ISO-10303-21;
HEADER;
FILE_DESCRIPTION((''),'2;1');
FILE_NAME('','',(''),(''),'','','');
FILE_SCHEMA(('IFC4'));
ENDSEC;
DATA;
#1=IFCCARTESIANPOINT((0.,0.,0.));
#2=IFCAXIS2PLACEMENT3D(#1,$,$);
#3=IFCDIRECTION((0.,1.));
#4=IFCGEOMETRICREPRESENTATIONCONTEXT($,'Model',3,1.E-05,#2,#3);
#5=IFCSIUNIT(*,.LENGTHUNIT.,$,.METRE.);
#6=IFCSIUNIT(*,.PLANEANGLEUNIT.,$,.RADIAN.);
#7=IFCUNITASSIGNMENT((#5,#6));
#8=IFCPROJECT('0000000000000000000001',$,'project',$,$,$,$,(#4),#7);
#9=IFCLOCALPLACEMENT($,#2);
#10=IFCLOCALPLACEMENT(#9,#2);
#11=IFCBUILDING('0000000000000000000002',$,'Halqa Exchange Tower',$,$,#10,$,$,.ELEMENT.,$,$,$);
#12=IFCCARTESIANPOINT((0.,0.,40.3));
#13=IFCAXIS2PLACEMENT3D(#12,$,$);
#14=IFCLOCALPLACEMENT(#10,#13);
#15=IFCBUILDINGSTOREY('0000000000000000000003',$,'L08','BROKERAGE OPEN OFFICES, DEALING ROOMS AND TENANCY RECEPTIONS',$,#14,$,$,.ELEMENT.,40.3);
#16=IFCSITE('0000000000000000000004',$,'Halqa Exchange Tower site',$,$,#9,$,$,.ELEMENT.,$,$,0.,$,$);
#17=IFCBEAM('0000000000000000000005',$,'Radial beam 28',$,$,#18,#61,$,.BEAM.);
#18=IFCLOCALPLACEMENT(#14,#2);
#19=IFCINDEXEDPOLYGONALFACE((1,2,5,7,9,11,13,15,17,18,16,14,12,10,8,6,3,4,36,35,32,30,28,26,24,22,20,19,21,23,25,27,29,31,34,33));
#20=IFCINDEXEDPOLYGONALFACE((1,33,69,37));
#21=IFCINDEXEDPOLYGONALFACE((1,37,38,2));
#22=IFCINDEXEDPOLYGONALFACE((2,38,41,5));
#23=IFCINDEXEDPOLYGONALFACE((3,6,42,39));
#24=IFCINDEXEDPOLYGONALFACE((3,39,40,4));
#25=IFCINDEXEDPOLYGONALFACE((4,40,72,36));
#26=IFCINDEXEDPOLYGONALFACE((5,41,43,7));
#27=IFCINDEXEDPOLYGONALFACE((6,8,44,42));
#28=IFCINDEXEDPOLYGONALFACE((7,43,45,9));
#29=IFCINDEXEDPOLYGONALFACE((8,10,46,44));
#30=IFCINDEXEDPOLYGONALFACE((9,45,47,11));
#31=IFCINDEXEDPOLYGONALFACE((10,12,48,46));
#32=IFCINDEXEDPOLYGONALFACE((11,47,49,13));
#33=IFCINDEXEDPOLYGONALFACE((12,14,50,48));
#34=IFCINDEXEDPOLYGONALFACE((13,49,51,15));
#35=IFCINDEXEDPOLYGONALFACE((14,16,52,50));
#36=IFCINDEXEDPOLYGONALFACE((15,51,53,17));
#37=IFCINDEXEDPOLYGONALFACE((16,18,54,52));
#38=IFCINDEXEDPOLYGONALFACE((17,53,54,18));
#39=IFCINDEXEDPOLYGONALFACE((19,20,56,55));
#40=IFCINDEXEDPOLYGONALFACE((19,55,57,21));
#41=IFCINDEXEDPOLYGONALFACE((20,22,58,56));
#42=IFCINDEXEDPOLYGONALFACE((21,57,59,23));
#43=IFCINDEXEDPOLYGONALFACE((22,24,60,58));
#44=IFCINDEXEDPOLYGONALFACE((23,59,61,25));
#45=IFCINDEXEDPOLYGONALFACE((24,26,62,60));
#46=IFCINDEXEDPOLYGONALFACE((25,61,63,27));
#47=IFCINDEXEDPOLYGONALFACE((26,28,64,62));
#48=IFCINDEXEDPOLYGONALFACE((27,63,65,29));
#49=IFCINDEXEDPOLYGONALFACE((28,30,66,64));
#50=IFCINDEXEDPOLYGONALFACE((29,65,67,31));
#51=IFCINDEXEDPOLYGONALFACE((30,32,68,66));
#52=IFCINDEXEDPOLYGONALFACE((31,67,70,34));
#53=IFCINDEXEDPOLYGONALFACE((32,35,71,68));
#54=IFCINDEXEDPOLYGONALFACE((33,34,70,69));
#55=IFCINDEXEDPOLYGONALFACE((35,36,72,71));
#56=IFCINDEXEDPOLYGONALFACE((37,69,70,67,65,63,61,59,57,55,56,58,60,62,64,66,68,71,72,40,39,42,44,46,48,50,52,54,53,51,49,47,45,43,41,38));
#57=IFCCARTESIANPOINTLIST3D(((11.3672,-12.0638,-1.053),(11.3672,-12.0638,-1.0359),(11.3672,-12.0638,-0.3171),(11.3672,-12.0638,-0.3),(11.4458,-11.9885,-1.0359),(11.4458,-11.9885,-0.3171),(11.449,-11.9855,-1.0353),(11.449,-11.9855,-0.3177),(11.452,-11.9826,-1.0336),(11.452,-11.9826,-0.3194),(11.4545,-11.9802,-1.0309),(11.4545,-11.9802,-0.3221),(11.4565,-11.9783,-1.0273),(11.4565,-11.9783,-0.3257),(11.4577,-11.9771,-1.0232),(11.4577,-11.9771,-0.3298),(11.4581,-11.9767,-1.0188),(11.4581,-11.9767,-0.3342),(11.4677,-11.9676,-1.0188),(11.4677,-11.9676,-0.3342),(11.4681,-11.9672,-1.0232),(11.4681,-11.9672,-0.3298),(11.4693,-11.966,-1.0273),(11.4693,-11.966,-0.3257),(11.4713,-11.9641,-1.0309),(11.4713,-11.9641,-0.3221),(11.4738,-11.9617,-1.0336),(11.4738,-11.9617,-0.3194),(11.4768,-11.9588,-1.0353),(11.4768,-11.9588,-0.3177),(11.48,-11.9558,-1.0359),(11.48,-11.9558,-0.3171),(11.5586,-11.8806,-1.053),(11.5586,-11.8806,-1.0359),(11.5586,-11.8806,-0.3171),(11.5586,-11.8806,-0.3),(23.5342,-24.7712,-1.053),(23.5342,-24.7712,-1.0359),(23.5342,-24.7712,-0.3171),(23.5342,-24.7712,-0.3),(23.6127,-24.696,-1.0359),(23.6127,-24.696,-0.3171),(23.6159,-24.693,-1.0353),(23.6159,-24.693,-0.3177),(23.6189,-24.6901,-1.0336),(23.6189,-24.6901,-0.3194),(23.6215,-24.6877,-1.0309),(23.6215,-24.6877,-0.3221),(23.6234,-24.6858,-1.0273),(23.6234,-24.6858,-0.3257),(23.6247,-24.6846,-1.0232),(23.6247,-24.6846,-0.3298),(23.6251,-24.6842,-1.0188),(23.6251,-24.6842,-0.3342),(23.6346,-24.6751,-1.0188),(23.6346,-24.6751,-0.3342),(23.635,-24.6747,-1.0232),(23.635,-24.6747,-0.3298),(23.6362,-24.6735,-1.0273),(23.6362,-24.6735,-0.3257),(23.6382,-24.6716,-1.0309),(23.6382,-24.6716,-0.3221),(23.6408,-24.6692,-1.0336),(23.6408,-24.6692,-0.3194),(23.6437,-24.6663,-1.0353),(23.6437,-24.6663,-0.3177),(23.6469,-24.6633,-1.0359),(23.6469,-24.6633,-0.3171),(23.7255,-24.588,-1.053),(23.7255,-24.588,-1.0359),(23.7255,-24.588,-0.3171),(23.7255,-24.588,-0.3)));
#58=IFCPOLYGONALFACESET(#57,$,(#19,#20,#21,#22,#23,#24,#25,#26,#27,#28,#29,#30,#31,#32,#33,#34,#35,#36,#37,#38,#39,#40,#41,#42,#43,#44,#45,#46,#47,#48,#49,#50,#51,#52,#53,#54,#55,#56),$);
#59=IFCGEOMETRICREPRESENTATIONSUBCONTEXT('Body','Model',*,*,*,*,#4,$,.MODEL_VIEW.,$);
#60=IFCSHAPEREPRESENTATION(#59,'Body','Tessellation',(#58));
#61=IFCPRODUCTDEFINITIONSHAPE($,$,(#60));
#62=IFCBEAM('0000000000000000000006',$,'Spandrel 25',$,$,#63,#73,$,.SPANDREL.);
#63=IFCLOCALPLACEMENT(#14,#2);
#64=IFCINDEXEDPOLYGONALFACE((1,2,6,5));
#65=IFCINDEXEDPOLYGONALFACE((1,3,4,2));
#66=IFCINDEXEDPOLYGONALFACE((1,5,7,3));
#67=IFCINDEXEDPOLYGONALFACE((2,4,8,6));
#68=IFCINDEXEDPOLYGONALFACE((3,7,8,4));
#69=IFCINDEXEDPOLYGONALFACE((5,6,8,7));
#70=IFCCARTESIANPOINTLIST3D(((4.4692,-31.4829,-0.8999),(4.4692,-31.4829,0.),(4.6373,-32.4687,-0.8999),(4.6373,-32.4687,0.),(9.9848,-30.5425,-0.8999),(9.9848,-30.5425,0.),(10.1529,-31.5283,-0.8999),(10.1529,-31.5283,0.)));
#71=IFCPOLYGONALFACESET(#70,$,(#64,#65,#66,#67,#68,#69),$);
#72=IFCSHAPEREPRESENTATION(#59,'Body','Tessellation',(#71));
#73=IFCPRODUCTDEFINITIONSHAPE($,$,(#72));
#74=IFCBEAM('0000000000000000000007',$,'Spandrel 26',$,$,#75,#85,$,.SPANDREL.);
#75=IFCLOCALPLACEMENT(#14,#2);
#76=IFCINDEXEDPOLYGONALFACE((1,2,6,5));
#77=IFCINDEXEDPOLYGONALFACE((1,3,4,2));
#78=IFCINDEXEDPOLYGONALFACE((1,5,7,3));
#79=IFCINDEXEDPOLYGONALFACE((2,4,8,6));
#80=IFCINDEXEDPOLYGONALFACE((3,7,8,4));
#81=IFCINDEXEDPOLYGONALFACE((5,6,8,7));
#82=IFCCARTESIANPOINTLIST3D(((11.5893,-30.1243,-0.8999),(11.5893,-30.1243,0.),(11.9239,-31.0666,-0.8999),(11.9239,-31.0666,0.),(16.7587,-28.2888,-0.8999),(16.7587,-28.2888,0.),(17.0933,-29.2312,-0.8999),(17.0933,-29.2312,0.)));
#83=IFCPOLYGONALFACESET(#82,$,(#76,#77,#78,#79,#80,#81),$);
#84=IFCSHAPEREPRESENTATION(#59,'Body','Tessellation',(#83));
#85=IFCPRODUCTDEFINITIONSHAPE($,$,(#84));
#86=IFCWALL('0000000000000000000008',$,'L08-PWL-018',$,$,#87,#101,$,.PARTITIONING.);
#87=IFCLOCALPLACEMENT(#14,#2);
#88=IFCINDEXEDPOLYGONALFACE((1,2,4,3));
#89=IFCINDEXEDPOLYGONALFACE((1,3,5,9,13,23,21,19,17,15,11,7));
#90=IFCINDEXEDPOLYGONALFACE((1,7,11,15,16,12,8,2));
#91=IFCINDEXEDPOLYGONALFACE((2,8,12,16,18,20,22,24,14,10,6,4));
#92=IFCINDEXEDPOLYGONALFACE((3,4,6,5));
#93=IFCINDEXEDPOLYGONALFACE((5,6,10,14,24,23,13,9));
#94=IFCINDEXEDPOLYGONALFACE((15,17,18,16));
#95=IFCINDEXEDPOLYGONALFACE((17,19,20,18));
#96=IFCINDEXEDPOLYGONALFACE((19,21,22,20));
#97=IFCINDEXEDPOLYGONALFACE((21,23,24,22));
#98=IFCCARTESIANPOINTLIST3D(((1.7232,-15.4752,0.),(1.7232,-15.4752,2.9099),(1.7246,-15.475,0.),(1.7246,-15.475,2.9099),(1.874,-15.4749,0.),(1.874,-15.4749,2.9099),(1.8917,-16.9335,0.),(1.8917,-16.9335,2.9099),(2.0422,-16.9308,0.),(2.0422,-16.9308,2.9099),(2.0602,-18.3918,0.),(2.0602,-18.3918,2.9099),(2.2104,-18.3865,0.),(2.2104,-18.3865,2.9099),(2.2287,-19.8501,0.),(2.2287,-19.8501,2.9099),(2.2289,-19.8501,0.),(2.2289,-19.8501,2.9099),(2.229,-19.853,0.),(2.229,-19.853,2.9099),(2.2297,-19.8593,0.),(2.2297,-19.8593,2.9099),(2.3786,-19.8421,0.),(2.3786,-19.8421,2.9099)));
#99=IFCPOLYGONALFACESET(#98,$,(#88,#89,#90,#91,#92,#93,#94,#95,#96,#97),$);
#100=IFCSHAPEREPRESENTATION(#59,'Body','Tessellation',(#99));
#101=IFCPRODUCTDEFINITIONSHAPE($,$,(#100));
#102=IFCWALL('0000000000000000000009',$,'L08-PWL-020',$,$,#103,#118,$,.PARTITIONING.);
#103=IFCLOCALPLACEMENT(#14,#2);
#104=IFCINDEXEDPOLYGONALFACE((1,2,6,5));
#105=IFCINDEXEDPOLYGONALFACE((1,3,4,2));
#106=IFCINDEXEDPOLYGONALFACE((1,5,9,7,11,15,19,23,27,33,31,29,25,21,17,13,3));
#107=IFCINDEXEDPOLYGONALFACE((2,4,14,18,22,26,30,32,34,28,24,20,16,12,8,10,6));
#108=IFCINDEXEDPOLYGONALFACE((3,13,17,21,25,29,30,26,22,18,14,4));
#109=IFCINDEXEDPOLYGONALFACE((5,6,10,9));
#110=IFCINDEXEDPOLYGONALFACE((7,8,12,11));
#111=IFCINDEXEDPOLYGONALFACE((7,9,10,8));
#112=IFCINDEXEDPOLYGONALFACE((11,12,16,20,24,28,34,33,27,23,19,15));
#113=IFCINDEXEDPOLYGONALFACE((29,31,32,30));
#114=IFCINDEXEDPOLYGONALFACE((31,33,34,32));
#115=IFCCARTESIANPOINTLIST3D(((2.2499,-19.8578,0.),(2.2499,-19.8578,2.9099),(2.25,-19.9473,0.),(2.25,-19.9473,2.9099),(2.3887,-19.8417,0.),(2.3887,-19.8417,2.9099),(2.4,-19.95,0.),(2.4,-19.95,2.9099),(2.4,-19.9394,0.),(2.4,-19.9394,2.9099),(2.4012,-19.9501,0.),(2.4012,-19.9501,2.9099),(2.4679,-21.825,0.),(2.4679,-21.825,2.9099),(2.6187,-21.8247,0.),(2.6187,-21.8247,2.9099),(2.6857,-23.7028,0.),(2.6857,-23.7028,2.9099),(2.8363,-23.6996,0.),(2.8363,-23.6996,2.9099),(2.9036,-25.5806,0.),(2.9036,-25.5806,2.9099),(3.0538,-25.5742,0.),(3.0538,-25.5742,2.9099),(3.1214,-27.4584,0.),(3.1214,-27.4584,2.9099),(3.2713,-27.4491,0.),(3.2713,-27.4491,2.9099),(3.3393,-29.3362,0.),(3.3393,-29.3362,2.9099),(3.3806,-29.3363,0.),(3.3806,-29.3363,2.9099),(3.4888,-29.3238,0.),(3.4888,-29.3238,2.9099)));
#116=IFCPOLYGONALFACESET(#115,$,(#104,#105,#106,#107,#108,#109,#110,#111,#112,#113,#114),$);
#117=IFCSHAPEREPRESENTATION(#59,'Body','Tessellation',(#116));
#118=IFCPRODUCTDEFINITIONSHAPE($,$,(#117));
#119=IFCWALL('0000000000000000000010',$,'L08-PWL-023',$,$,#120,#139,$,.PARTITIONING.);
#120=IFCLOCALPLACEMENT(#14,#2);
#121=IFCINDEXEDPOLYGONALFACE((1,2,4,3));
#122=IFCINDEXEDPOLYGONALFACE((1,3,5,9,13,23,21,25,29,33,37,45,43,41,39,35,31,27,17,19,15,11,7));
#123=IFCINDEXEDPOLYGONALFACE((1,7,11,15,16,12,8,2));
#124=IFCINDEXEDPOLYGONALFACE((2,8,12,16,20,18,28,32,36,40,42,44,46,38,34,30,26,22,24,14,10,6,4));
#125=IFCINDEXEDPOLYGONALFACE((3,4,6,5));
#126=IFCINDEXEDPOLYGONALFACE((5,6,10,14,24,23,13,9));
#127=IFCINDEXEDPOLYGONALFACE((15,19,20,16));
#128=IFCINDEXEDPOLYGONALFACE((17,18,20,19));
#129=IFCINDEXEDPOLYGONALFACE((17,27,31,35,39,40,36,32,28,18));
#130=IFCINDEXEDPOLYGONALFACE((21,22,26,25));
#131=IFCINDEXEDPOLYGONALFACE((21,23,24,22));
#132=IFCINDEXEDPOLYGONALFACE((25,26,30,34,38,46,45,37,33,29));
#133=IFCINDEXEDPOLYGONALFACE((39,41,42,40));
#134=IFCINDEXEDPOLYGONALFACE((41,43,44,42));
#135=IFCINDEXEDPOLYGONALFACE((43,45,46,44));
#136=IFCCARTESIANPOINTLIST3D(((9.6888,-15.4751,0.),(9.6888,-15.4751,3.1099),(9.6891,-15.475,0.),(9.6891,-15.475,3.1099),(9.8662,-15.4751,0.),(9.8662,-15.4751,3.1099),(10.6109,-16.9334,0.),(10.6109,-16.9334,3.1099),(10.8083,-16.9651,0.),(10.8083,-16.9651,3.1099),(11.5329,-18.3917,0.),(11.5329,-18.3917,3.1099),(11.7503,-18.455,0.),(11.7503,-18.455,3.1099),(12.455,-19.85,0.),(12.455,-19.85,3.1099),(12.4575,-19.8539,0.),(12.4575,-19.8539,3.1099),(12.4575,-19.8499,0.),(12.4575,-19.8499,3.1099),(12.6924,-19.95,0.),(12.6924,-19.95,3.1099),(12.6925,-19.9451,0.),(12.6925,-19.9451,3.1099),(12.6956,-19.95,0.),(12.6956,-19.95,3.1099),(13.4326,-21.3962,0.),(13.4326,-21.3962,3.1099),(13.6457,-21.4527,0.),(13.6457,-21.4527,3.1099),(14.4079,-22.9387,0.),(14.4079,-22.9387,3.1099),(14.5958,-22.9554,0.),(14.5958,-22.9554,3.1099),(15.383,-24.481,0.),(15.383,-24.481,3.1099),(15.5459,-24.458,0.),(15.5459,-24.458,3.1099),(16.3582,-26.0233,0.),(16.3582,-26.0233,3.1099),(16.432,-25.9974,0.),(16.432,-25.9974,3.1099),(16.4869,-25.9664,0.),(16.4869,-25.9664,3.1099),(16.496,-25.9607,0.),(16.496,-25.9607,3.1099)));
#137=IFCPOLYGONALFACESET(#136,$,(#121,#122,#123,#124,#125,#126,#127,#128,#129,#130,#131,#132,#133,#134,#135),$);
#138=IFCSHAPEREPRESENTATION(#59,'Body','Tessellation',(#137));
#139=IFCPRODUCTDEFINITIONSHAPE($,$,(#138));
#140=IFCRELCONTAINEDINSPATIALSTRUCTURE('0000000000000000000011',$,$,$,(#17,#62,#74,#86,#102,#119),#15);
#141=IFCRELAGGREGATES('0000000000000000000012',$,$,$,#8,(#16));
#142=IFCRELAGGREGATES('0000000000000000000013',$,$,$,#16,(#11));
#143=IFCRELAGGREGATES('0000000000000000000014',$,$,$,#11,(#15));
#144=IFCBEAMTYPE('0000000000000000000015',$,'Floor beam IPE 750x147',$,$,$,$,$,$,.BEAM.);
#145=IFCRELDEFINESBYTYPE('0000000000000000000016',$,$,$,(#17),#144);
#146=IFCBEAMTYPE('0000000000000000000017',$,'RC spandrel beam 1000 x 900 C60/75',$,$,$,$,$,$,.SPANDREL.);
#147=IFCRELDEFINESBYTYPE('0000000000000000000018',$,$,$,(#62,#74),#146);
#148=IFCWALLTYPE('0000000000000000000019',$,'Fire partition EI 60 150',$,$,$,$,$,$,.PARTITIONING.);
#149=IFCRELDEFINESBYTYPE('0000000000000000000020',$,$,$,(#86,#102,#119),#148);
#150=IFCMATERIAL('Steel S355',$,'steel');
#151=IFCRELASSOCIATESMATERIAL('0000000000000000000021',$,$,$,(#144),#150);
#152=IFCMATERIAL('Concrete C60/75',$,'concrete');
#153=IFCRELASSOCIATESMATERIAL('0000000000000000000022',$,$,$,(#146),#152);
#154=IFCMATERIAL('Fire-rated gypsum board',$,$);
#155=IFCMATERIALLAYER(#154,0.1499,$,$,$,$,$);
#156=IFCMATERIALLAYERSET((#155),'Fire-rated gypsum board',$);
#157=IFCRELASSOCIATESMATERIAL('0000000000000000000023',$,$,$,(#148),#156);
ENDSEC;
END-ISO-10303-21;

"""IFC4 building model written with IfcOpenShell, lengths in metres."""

from ifc_helpers import new_model, si_unit, direction, frame, origin, origin_2d, place, context, subcontext, project, spatial, polyline, rectangle, i_section, outline, extrude, material, layer, layer_set, material_profile, profile_set, type_object, element, save


model = new_model("IFC4")

# Units and contexts
model_context = context("Model", 3, precision=1e-05, world=origin(), true_north=direction((0.0, 1.0)))
body_context = subcontext(model_context, "Body", "Model", "MODEL_VIEW")
ifc_project = project(units=[si_unit("LENGTHUNIT", "METRE"), si_unit("PLANEANGLEUNIT", "RADIAN")], contexts=[model_context])

# Site, building, storey
site_placement = place(None, origin())
site = spatial("IfcSite", under=ifc_project, at=site_placement, Name="Halqa Exchange Tower site", CompositionType="ELEMENT", RefElevation=0.0)
building_placement = place(site_placement, origin())
building = spatial("IfcBuilding", under=site, at=building_placement, Name="Halqa Exchange Tower", CompositionType="ELEMENT")
storey_placement = place(building_placement, frame((0.0, 0.0, 40.3)))
storey = spatial("IfcBuildingStorey", under=building, at=storey_placement, Name="L08", Description="BROKERAGE OPEN OFFICES, DEALING ROOMS AND TENANCY RECEPTIONS", CompositionType="ELEMENT", Elevation=40.3)

# Beams
ifc_material_1 = material(Name="Steel S355", Category="steel")
ifc_material_profile_1 = material_profile(ifc_material_1, i_section(OverallWidth=0.2649, OverallDepth=0.7529, WebThickness=0.0132, FlangeThickness=0.0171, FilletRadius=0.0171, at=origin_2d()), Name="IPE 750x147")
ifc_profile_set_1 = profile_set([ifc_material_profile_1], Name="Steel S355")
beam_type_1 = type_object("IfcBeamType", Name="Floor beam IPE 750x147", PredefinedType="BEAM", material=ifc_profile_set_1)
beam_1_placement = place(storey_placement, frame((11.4629, -11.9722, -0.6765), z_axis=(0.691578, -0.722302, 0.0), x_axis=(0.722302, 0.691578, 0.0)))
element("IfcBeam", 1, at=beam_1_placement, inside=storey, type_object=beam_type_1, Name="Radial beam 28", PredefinedType="BEAM", context=body_context, shape_type="SweptSolid", body=[
    extrude(i_section(OverallWidth=0.2649, OverallDepth=0.7529, WebThickness=0.0132, FlangeThickness=0.0171, FilletRadius=0.0171, at=origin_2d()), origin(), (0.0, 0.0, 1.0), 17.593),
])
ifc_material_2 = material(Name="Concrete C60/75", Category="concrete")
ifc_material_profile_2 = material_profile(ifc_material_2, rectangle(XDim=1.0, YDim=0.8999, at=origin_2d()), Name="1000 x 900")
ifc_profile_set_2 = profile_set([ifc_material_profile_2], Name="Concrete C60/75")
beam_type_2 = type_object("IfcBeamType", Name="RC spandrel beam 1000 x 900 C60/75", PredefinedType="SPANDREL", material=ifc_profile_set_2)
beam_2_placement = place(storey_placement, frame((4.5532, -31.9758, -0.45), z_axis=(0.985774, 0.168077, 0.0), x_axis=(-0.168077, 0.985774, 0.0)))
element("IfcBeam", 2, at=beam_2_placement, inside=storey, type_object=beam_type_2, Name="Spandrel 25", PredefinedType="SPANDREL", context=body_context, shape_type="SweptSolid", body=[
    extrude(rectangle(XDim=1.0, YDim=0.8999, at=origin_2d()), origin(), (0.0, 0.0, 1.0), 5.5952),
])
beam_3_placement = place(storey_placement, frame((11.7566, -30.5955, -0.45), z_axis=(0.942363, 0.334593, 0.0), x_axis=(-0.334593, 0.942363, 0.0)))
element("IfcBeam", 3, at=beam_3_placement, inside=storey, type_object=beam_type_2, Name="Spandrel 26", PredefinedType="SPANDREL", context=body_context, shape_type="SweptSolid", body=[
    extrude(rectangle(XDim=1.0, YDim=0.8999, at=origin_2d()), origin(), (0.0, 0.0, 1.0), 5.4856),
])

# Walls
ifc_material_3 = material(Name="Fire-rated gypsum board")
ifc_layer_1 = layer(ifc_material_3, 0.1499)
ifc_layer_set_1 = layer_set([ifc_layer_1], Name="Fire-rated gypsum board")
wall_type_1 = type_object("IfcWallType", Name="Fire partition EI 60 150", PredefinedType="PARTITIONING", material=ifc_layer_set_1)
wall_1_placement = place(storey_placement, frame((1.7976, -15.4666, 0.0), z_axis=(0.0, 0.0, 1.0), x_axis=(0.114784, -0.993391, 0.0)))
element("IfcWall", 4, at=wall_1_placement, inside=storey, type_object=wall_type_1, Name="L08-PWL-018", PredefinedType="PARTITIONING", context=body_context, shape_type="SweptSolid", body=[
    extrude(outline(polyline([(0.0, -0.075), (1.468, -0.075), (2.936, -0.075), (4.4041, -0.075), (4.4041, -0.0747), (4.407, -0.075), (4.4133, -0.075), (4.4133, 0.075), (2.948, 0.075), (1.4827, 0.075), (0.0171, 0.075), (0.0, -0.0735), (0.0, -0.075)])), origin(), (0.0, 0.0, 1.0), 2.9099),
])
wall_2_placement = place(storey_placement, frame((2.3142, -19.8503, 0.0), z_axis=(0.0, 0.0, 1.0), x_axis=(0.115247, -0.993337, 0.0)))
element("IfcWall", 5, at=wall_2_placement, inside=storey, type_object=wall_type_1, Name="L08-PWL-020", PredefinedType="PARTITIONING", context=body_context, shape_type="SweptSolid", body=[
    extrude(outline(polyline([(0.0889, -0.075), (1.9792, -0.075), (3.8696, -0.075), (5.76, -0.075), (7.6504, -0.075), (9.5408, -0.075), (9.5457, -0.0339), (9.5457, 0.075), (7.6584, 0.075), (5.771, 0.075), (3.8838, 0.075), (1.9963, 0.075), (0.1091, 0.075), (0.1089, 0.0737), (0.0984, 0.075), (0.0, 0.075), (0.0, -0.0647), (0.0889, -0.075)])), origin(), (0.0, 0.0, 1.0), 2.9099),
])
wall_3_placement = place(storey_placement, frame((9.7522, -15.4351, 0.0), z_axis=(0.0, 0.0, 1.0), x_axis=(0.534414, -0.845223, 0.0)))
element("IfcWall", 6, at=wall_3_placement, inside=storey, type_object=wall_type_1, Name="L08-PWL-023", PredefinedType="PARTITIONING", context=body_context, shape_type="SweptSolid", body=[
    extrude(outline(polyline([(0.0, -0.075), (1.7253, -0.075), (3.4507, -0.075), (5.176, -0.075), (5.1772, -0.0728), (5.1807, -0.075), (7.0054, -0.075), (8.8303, -0.075), (10.655, -0.075), (12.4797, -0.075), (12.4973, 0.0012), (12.5005, 0.0642), (12.5005, 0.075), (10.7227, 0.075), (8.9448, 0.075), (7.167, 0.075), (5.3892, 0.075), (5.3875, 0.0723), (5.3833, 0.075), (3.6204, 0.075), (1.8577, 0.075), (0.0947, 0.075), (0.0, -0.0747), (0.0, -0.075)])), origin(), (0.0, 0.0, 1.0), 3.1099),
])

save(model, "model.ifc")
